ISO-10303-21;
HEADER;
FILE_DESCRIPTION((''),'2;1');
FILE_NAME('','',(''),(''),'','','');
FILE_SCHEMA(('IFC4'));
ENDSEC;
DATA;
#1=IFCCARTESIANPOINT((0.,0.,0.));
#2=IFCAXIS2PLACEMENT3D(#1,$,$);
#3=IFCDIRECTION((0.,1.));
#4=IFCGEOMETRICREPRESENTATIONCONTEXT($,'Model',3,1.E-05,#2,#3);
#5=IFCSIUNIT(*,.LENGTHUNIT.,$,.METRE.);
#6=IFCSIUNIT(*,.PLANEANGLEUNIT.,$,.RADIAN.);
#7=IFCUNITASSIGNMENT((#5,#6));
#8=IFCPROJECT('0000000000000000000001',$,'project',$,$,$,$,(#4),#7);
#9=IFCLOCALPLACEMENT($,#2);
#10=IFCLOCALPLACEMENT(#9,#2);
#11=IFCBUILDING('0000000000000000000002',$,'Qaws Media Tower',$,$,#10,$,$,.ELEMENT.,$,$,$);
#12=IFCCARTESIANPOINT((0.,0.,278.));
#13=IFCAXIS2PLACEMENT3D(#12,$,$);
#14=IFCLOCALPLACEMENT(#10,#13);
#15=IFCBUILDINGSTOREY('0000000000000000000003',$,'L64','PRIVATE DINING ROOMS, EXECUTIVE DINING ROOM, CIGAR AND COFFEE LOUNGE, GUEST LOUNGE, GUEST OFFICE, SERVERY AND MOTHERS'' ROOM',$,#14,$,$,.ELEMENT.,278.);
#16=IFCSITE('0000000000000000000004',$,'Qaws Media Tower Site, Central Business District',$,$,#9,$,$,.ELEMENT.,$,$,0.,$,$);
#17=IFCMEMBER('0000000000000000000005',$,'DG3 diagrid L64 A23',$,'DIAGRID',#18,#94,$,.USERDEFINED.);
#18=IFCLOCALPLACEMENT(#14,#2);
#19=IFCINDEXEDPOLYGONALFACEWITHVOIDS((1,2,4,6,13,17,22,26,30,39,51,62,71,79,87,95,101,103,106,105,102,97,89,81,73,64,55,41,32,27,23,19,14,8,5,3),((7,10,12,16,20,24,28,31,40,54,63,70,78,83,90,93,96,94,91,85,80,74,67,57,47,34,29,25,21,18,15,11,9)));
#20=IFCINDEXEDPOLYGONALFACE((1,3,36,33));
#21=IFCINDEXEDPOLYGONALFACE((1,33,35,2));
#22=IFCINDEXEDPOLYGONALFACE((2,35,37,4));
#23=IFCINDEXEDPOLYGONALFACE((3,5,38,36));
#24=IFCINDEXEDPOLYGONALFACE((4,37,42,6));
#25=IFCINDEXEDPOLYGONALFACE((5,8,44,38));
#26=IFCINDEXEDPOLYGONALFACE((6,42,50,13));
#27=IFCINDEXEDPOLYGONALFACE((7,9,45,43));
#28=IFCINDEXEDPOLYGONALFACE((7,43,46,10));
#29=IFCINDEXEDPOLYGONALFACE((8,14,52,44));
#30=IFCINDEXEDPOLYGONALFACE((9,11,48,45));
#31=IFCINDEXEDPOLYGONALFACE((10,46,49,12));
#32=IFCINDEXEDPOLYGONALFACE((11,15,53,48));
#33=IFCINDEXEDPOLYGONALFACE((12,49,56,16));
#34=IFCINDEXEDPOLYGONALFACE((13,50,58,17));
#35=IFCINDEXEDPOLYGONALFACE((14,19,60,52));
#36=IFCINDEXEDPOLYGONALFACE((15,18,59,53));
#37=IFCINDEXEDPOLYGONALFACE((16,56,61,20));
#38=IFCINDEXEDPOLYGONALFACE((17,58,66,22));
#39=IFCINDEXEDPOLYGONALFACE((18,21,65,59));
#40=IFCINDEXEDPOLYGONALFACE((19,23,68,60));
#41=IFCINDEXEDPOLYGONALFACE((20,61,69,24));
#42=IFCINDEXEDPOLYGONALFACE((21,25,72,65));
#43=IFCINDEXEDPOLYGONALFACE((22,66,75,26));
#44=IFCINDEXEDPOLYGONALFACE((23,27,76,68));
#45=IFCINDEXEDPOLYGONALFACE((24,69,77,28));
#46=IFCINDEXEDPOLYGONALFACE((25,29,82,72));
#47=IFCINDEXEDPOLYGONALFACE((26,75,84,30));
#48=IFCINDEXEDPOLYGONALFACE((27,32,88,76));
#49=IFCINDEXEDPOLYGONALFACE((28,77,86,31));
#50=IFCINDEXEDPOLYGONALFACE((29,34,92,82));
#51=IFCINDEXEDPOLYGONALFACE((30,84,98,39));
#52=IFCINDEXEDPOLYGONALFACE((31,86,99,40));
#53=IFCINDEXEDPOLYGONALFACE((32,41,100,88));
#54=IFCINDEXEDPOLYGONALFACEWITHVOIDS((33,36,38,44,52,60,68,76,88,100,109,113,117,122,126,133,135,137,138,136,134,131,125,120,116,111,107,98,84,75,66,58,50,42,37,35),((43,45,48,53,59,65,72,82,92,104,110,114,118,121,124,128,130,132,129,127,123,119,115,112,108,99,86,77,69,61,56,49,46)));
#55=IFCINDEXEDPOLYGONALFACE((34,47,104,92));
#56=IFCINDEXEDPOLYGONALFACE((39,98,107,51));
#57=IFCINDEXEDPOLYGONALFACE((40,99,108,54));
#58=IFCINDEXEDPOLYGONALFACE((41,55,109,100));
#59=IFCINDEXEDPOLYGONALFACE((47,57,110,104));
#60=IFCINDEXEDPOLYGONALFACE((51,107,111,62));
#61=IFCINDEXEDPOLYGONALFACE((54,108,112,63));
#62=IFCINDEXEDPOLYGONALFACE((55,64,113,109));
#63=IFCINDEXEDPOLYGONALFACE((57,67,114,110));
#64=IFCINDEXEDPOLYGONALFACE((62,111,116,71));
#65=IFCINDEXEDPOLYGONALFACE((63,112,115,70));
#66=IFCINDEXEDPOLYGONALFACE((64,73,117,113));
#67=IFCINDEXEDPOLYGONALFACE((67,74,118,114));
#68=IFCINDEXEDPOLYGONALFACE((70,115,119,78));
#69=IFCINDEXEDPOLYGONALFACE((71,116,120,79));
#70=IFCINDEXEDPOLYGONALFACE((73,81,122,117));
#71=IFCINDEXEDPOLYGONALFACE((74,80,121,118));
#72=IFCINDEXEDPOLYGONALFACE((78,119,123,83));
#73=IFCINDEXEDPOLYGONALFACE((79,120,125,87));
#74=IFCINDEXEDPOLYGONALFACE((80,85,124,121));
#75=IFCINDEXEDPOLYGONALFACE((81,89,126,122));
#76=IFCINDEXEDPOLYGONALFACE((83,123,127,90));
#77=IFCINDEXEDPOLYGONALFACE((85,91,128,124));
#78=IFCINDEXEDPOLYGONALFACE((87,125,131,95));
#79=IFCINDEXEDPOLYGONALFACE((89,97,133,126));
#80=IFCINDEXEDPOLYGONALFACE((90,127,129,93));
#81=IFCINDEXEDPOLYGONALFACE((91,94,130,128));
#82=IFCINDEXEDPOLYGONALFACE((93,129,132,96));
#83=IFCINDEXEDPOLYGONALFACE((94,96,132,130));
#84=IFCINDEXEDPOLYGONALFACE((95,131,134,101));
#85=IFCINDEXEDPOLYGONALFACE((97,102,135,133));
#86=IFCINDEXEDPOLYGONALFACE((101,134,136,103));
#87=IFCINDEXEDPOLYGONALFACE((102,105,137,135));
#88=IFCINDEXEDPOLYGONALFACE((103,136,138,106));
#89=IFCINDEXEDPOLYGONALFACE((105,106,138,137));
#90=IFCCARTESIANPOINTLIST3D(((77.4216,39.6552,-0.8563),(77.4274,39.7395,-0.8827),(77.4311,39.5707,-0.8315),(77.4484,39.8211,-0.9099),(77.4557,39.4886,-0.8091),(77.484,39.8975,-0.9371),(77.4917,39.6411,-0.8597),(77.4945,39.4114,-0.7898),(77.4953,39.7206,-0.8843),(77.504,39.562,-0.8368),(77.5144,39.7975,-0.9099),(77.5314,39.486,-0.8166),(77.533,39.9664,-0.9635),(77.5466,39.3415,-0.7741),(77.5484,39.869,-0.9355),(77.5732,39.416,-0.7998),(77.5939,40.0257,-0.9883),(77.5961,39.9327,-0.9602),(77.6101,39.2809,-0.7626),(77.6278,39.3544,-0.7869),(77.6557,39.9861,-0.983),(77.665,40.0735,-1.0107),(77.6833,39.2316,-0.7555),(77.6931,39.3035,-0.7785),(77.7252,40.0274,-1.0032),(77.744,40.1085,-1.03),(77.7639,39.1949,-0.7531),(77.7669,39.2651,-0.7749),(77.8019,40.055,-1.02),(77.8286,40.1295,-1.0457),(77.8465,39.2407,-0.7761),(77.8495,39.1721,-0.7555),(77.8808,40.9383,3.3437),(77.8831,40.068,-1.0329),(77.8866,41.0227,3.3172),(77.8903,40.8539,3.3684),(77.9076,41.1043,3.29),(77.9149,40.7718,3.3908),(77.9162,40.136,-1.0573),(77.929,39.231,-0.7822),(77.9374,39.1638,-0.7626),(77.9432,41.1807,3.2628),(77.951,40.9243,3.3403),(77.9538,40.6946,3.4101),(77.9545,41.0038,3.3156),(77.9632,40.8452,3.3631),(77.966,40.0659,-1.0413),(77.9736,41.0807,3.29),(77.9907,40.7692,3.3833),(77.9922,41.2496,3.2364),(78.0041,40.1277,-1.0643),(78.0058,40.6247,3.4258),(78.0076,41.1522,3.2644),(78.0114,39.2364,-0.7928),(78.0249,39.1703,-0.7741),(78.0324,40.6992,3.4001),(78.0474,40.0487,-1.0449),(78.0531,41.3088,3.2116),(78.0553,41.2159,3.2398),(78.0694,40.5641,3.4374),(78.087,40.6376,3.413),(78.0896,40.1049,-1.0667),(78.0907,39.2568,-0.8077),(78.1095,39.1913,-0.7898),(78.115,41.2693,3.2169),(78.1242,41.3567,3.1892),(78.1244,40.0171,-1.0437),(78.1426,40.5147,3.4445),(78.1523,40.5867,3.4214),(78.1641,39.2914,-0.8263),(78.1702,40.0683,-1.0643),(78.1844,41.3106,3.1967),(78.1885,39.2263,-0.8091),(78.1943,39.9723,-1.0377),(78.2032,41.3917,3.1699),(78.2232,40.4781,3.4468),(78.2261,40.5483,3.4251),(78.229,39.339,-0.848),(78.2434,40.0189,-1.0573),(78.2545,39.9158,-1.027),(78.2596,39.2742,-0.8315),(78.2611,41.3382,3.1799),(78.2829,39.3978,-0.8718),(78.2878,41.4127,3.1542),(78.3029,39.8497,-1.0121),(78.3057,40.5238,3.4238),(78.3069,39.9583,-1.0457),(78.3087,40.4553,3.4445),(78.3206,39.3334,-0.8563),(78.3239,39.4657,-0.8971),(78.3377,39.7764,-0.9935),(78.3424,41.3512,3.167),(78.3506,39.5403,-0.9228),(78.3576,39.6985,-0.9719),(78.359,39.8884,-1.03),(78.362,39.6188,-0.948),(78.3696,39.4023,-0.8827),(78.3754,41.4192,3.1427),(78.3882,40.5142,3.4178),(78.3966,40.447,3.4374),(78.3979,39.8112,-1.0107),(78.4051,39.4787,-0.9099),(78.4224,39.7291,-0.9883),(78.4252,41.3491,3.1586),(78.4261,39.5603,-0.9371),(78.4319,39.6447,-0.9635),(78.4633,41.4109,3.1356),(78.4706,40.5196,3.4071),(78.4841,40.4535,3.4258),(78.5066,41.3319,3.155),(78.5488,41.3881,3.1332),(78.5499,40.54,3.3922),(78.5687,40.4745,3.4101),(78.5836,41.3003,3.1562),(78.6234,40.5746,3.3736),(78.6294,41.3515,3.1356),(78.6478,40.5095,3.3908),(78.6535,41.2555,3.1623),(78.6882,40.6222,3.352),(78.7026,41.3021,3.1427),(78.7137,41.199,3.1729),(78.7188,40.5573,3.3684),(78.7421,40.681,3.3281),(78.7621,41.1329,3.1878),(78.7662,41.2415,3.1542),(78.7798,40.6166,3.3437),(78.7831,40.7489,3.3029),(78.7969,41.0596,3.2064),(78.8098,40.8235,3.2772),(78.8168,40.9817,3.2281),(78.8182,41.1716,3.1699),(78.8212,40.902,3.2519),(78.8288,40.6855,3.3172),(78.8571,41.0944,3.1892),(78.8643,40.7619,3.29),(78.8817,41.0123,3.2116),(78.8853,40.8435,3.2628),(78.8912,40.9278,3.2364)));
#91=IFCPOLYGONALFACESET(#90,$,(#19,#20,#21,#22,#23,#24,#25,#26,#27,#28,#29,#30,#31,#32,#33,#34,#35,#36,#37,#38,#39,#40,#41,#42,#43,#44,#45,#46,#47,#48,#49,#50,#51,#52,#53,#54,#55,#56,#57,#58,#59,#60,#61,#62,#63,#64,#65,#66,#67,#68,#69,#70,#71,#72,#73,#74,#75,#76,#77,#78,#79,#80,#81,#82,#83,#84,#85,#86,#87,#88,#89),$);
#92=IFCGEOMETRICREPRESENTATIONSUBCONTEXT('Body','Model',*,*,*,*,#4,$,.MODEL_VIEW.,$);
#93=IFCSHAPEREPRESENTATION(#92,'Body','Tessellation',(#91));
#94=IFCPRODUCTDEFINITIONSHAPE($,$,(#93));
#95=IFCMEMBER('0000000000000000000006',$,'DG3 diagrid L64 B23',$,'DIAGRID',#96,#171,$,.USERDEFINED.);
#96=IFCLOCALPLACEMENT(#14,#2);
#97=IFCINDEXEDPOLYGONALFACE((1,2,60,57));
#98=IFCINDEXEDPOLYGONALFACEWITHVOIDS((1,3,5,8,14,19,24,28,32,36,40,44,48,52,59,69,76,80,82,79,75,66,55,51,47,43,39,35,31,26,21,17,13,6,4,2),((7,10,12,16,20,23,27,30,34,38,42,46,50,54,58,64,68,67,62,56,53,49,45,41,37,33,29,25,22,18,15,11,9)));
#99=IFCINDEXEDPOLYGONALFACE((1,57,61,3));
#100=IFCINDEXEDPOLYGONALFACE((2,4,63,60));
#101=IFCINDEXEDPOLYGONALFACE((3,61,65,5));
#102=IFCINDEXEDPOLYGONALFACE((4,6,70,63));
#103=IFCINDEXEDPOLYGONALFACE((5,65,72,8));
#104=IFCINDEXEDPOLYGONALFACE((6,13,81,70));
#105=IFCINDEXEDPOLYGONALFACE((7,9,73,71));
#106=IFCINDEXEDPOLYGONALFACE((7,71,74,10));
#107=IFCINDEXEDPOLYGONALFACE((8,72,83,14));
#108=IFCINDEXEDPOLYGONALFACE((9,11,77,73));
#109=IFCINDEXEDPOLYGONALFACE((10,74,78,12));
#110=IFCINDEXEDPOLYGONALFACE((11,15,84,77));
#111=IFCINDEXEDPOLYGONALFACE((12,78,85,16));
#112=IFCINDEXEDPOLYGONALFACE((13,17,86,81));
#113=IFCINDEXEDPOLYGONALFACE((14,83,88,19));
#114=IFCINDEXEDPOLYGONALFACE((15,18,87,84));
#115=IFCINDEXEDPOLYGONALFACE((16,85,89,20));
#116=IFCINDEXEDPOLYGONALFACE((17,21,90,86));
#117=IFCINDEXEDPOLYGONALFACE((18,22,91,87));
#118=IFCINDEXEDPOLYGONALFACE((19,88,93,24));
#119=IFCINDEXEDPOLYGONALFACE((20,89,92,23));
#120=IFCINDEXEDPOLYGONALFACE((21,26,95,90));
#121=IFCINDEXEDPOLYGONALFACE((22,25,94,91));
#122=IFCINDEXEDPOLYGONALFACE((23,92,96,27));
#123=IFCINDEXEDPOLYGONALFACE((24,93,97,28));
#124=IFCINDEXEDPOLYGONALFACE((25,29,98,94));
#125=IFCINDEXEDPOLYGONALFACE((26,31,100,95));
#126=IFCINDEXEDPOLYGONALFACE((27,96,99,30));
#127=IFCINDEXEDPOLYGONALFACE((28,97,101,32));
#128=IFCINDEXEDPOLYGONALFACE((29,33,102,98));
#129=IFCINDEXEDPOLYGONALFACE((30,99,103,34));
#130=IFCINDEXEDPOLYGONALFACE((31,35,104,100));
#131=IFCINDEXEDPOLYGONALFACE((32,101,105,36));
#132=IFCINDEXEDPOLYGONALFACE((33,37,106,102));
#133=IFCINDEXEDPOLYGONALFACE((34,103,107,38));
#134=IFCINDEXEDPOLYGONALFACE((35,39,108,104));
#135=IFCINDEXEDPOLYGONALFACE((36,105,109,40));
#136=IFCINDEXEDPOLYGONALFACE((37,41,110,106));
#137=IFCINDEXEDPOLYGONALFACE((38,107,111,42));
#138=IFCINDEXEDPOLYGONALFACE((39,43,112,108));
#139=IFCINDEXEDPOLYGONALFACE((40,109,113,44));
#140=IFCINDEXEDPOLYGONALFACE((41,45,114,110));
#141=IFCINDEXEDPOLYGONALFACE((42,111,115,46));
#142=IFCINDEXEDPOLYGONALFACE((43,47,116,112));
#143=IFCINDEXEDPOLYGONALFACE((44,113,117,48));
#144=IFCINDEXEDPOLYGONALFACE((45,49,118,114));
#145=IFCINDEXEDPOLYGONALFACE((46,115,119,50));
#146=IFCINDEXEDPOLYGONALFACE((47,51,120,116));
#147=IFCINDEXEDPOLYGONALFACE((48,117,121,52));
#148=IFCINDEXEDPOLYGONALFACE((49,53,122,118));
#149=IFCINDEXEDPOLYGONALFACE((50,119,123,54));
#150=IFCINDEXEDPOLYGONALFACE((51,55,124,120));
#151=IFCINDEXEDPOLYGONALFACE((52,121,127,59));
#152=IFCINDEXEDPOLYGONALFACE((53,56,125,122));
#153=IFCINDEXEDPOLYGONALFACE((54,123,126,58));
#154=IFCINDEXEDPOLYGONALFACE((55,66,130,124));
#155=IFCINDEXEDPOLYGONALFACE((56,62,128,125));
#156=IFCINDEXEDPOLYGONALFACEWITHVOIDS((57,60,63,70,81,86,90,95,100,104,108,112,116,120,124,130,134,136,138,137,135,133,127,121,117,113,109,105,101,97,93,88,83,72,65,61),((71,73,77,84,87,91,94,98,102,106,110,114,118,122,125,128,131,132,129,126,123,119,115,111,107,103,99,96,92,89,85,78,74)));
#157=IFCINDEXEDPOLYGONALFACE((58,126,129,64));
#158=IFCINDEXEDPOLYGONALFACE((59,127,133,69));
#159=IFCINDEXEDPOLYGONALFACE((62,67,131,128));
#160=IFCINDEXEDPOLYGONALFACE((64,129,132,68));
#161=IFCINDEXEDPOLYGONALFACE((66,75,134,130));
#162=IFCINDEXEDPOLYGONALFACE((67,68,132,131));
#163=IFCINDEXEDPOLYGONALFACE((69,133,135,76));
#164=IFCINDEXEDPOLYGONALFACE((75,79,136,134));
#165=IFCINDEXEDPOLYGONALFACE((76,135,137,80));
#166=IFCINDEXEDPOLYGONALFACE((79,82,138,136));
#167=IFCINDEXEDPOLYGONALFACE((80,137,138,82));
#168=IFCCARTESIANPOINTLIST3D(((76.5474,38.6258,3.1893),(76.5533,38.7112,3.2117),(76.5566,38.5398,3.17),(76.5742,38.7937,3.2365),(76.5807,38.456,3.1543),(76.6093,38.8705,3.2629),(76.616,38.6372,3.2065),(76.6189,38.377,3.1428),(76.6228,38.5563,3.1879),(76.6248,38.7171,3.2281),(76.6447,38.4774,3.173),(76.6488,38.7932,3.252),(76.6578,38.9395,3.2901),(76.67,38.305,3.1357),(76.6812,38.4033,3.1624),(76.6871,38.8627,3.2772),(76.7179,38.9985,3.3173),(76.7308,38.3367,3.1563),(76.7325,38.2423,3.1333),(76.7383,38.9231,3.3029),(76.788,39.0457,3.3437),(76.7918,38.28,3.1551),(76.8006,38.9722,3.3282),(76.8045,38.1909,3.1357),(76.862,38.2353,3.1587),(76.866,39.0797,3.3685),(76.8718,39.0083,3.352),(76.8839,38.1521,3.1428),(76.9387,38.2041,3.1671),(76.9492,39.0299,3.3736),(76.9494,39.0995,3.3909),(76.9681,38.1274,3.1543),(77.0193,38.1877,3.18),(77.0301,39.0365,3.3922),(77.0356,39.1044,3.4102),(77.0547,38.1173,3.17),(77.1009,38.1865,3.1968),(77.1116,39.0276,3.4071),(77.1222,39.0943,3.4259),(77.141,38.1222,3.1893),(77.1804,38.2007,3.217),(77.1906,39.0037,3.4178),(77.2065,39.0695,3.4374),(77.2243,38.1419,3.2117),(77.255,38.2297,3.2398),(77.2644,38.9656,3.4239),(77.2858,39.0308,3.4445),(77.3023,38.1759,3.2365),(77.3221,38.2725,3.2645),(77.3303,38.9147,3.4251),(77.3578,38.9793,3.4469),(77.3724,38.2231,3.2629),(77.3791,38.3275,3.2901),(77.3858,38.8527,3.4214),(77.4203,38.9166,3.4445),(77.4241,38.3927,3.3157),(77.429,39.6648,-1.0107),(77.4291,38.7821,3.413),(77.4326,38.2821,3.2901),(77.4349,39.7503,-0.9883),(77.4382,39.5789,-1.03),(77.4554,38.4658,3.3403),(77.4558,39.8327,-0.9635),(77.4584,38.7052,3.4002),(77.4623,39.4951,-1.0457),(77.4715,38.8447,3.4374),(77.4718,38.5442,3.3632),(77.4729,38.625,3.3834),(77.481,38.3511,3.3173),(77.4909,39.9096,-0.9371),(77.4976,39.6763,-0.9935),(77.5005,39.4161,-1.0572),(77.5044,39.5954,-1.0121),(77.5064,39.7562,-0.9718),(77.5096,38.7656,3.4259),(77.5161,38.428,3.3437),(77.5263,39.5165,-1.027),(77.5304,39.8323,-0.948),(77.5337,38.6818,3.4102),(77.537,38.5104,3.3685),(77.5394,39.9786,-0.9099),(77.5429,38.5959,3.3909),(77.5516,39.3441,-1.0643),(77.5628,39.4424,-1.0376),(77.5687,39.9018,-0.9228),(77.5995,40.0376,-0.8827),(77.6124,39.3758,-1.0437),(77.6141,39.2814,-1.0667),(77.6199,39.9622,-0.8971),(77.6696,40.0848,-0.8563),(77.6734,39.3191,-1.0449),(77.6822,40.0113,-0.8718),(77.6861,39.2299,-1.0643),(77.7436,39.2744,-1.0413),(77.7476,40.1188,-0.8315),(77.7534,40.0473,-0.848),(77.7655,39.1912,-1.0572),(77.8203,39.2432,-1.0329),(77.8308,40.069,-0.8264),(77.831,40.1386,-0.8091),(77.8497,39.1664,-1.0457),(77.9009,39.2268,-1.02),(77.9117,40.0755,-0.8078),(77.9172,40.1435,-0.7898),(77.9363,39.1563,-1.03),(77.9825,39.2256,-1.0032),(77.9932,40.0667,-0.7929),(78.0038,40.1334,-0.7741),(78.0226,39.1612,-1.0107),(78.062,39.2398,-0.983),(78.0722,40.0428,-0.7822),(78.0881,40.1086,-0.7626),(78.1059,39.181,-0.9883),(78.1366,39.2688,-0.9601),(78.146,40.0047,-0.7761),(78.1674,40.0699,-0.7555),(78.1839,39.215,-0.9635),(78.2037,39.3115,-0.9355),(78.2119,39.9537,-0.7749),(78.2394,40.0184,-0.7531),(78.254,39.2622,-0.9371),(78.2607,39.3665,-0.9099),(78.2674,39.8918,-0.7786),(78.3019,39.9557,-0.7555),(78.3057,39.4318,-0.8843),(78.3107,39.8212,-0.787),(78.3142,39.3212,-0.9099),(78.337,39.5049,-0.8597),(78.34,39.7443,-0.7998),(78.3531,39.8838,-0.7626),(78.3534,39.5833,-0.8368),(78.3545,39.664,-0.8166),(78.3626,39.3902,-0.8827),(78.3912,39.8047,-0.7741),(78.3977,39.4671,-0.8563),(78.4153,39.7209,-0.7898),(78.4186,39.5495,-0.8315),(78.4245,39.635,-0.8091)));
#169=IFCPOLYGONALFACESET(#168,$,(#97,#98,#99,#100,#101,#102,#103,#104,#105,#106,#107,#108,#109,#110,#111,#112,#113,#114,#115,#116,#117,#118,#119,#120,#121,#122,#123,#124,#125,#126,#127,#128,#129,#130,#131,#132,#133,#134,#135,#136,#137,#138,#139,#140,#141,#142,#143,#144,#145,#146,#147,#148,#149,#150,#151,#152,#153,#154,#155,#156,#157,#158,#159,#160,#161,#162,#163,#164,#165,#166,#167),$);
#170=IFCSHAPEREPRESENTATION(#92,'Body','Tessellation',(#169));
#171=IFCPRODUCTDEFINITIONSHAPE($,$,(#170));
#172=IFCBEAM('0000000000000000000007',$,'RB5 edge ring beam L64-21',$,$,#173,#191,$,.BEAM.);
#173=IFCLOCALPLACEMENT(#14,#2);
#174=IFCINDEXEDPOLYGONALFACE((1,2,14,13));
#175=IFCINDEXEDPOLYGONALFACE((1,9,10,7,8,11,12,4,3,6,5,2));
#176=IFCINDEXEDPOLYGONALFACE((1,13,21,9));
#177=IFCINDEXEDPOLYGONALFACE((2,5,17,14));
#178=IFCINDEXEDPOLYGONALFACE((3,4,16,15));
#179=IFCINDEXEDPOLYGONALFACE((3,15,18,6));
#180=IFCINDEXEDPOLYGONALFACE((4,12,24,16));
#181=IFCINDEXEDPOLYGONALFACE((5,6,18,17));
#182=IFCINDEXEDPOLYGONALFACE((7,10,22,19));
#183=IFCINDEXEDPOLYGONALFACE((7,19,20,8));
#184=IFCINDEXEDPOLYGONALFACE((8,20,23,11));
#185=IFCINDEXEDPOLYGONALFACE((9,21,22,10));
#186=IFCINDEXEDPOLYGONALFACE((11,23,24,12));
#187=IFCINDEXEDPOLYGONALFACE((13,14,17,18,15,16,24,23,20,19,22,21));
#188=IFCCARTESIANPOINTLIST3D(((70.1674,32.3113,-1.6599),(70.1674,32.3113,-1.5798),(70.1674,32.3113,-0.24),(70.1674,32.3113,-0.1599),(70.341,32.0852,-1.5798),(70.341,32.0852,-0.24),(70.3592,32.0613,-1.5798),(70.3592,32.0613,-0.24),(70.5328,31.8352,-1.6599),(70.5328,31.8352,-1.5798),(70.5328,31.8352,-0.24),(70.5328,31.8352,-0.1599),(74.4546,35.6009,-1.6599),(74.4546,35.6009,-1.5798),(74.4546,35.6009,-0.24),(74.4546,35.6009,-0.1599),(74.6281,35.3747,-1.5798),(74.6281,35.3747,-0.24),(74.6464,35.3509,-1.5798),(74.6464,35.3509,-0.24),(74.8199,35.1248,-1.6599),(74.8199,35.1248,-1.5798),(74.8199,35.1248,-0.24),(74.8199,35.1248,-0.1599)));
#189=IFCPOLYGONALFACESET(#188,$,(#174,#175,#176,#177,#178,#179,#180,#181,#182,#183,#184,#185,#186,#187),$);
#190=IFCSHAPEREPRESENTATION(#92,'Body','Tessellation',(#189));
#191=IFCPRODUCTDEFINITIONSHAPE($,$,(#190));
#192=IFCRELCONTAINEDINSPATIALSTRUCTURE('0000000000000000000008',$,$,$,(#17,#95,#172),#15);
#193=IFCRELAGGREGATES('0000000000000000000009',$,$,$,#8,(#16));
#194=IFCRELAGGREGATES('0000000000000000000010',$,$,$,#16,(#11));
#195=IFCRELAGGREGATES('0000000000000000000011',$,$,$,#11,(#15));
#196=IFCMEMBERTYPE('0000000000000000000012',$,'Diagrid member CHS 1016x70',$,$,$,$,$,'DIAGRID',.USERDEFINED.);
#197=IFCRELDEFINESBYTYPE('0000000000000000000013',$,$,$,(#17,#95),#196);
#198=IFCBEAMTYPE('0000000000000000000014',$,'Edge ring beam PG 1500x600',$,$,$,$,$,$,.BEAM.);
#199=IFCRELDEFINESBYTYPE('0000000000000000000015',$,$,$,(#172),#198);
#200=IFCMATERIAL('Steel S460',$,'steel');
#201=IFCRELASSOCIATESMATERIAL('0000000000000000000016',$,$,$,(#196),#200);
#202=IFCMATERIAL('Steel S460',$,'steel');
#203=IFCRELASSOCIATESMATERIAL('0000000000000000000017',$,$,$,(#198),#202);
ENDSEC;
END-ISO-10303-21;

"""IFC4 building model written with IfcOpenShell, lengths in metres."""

from ifc_helpers import new_model, si_unit, direction, frame, origin, origin_2d, place, context, subcontext, project, spatial, hollow_circle, i_section, extrude, material, material_profile, profile_set, type_object, element, save


model = new_model("IFC4")

# Units and contexts
model_context = context("Model", 3, precision=1e-05, world=origin(), true_north=direction((0.0, 1.0)))
body_context = subcontext(model_context, "Body", "Model", "MODEL_VIEW")
ifc_project = project(units=[si_unit("LENGTHUNIT", "METRE"), si_unit("PLANEANGLEUNIT", "RADIAN")], contexts=[model_context])

# Site, building, storey
site_placement = place(None, origin())
site = spatial("IfcSite", under=ifc_project, at=site_placement, Name="Qaws Media Tower Site, Central Business District", CompositionType="ELEMENT", RefElevation=0.0)
building_placement = place(site_placement, origin())
building = spatial("IfcBuilding", under=site, at=building_placement, Name="Qaws Media Tower", CompositionType="ELEMENT")
storey_placement = place(building_placement, frame((0.0, 0.0, 278.0)))
storey = spatial("IfcBuildingStorey", under=building, at=storey_placement, Name="L64", Description="PRIVATE DINING ROOMS, EXECUTIVE DINING ROOM, CIGAR AND COFFEE LOUNGE, GUEST LOUNGE, GUEST OFFICE, SERVERY AND MOTHERS' ROOM", CompositionType="ELEMENT", Elevation=278.0)

# Members
ifc_material_1 = material(Name="Steel S460", Category="steel")
ifc_material_profile_1 = material_profile(ifc_material_1, hollow_circle(Radius=0.5081, WallThickness=0.0701, at=origin_2d()), Name="CHS 1016x70")
ifc_profile_set_1 = profile_set([ifc_material_profile_1], Name="Steel S460")
member_type_1 = type_object("IfcMemberType", Name="Diagrid member CHS 1016x70", ElementType="DIAGRID", PredefinedType="USERDEFINED", material=ifc_profile_set_1)
for number, where, z_axis, x_axis, name in (
    (1, (77.9268, 39.6499, -0.9099), (0.104003, 0.29061, 0.951173), (-0.941523, 0.336949, 0.0), "DG3 diagrid L64 A23"),
    (2, (77.9268, 39.6499, -0.9099), (-0.199659, -0.235323, 0.951188), (0.762523, -0.646962, 0.0), "DG3 diagrid L64 B23"),
):
    element("IfcMember", number, at=place(storey_placement, frame(where, z_axis=z_axis, x_axis=x_axis)), inside=storey, type_object=member_type_1, Name=name, ObjectType="DIAGRID", PredefinedType="USERDEFINED", context=body_context, shape_type="SweptSolid", body=[
        extrude(hollow_circle(Radius=0.5081, WallThickness=0.0701, at=origin_2d()), origin(), (0.0, 0.0, 1.0), 4.4155),
    ])

# Beam
ifc_material_2 = material(Name="Steel S460", Category="steel")
ifc_material_profile_2 = material_profile(ifc_material_2, i_section(OverallWidth=0.6001, OverallDepth=1.5, WebThickness=0.03, FlangeThickness=0.0801, at=origin_2d()), Name="PG 1500x600")
ifc_profile_set_2 = profile_set([ifc_material_profile_2], Name="Steel S460")
beam_type_1 = type_object("IfcBeamType", Name="Edge ring beam PG 1500x600", PredefinedType="BEAM", material=ifc_profile_set_2)
for number, where, z_axis, x_axis, name in (
    (3, (70.3501, 32.0732, -0.9099), (0.793359, 0.608754, 0.0), (-0.608754, 0.793359, 0.0), "RB5 edge ring beam L64-21"),
):
    element("IfcBeam", number, at=place(storey_placement, frame(where, z_axis=z_axis, x_axis=x_axis)), inside=storey, type_object=beam_type_1, Name=name, PredefinedType="BEAM", context=body_context, shape_type="SweptSolid", body=[
        extrude(i_section(OverallWidth=0.6001, OverallDepth=1.5, WebThickness=0.03, FlangeThickness=0.0801, at=origin_2d()), origin(), (0.0, 0.0, 1.0), 5.4038),
    ])

save(model, "model.ifc")
